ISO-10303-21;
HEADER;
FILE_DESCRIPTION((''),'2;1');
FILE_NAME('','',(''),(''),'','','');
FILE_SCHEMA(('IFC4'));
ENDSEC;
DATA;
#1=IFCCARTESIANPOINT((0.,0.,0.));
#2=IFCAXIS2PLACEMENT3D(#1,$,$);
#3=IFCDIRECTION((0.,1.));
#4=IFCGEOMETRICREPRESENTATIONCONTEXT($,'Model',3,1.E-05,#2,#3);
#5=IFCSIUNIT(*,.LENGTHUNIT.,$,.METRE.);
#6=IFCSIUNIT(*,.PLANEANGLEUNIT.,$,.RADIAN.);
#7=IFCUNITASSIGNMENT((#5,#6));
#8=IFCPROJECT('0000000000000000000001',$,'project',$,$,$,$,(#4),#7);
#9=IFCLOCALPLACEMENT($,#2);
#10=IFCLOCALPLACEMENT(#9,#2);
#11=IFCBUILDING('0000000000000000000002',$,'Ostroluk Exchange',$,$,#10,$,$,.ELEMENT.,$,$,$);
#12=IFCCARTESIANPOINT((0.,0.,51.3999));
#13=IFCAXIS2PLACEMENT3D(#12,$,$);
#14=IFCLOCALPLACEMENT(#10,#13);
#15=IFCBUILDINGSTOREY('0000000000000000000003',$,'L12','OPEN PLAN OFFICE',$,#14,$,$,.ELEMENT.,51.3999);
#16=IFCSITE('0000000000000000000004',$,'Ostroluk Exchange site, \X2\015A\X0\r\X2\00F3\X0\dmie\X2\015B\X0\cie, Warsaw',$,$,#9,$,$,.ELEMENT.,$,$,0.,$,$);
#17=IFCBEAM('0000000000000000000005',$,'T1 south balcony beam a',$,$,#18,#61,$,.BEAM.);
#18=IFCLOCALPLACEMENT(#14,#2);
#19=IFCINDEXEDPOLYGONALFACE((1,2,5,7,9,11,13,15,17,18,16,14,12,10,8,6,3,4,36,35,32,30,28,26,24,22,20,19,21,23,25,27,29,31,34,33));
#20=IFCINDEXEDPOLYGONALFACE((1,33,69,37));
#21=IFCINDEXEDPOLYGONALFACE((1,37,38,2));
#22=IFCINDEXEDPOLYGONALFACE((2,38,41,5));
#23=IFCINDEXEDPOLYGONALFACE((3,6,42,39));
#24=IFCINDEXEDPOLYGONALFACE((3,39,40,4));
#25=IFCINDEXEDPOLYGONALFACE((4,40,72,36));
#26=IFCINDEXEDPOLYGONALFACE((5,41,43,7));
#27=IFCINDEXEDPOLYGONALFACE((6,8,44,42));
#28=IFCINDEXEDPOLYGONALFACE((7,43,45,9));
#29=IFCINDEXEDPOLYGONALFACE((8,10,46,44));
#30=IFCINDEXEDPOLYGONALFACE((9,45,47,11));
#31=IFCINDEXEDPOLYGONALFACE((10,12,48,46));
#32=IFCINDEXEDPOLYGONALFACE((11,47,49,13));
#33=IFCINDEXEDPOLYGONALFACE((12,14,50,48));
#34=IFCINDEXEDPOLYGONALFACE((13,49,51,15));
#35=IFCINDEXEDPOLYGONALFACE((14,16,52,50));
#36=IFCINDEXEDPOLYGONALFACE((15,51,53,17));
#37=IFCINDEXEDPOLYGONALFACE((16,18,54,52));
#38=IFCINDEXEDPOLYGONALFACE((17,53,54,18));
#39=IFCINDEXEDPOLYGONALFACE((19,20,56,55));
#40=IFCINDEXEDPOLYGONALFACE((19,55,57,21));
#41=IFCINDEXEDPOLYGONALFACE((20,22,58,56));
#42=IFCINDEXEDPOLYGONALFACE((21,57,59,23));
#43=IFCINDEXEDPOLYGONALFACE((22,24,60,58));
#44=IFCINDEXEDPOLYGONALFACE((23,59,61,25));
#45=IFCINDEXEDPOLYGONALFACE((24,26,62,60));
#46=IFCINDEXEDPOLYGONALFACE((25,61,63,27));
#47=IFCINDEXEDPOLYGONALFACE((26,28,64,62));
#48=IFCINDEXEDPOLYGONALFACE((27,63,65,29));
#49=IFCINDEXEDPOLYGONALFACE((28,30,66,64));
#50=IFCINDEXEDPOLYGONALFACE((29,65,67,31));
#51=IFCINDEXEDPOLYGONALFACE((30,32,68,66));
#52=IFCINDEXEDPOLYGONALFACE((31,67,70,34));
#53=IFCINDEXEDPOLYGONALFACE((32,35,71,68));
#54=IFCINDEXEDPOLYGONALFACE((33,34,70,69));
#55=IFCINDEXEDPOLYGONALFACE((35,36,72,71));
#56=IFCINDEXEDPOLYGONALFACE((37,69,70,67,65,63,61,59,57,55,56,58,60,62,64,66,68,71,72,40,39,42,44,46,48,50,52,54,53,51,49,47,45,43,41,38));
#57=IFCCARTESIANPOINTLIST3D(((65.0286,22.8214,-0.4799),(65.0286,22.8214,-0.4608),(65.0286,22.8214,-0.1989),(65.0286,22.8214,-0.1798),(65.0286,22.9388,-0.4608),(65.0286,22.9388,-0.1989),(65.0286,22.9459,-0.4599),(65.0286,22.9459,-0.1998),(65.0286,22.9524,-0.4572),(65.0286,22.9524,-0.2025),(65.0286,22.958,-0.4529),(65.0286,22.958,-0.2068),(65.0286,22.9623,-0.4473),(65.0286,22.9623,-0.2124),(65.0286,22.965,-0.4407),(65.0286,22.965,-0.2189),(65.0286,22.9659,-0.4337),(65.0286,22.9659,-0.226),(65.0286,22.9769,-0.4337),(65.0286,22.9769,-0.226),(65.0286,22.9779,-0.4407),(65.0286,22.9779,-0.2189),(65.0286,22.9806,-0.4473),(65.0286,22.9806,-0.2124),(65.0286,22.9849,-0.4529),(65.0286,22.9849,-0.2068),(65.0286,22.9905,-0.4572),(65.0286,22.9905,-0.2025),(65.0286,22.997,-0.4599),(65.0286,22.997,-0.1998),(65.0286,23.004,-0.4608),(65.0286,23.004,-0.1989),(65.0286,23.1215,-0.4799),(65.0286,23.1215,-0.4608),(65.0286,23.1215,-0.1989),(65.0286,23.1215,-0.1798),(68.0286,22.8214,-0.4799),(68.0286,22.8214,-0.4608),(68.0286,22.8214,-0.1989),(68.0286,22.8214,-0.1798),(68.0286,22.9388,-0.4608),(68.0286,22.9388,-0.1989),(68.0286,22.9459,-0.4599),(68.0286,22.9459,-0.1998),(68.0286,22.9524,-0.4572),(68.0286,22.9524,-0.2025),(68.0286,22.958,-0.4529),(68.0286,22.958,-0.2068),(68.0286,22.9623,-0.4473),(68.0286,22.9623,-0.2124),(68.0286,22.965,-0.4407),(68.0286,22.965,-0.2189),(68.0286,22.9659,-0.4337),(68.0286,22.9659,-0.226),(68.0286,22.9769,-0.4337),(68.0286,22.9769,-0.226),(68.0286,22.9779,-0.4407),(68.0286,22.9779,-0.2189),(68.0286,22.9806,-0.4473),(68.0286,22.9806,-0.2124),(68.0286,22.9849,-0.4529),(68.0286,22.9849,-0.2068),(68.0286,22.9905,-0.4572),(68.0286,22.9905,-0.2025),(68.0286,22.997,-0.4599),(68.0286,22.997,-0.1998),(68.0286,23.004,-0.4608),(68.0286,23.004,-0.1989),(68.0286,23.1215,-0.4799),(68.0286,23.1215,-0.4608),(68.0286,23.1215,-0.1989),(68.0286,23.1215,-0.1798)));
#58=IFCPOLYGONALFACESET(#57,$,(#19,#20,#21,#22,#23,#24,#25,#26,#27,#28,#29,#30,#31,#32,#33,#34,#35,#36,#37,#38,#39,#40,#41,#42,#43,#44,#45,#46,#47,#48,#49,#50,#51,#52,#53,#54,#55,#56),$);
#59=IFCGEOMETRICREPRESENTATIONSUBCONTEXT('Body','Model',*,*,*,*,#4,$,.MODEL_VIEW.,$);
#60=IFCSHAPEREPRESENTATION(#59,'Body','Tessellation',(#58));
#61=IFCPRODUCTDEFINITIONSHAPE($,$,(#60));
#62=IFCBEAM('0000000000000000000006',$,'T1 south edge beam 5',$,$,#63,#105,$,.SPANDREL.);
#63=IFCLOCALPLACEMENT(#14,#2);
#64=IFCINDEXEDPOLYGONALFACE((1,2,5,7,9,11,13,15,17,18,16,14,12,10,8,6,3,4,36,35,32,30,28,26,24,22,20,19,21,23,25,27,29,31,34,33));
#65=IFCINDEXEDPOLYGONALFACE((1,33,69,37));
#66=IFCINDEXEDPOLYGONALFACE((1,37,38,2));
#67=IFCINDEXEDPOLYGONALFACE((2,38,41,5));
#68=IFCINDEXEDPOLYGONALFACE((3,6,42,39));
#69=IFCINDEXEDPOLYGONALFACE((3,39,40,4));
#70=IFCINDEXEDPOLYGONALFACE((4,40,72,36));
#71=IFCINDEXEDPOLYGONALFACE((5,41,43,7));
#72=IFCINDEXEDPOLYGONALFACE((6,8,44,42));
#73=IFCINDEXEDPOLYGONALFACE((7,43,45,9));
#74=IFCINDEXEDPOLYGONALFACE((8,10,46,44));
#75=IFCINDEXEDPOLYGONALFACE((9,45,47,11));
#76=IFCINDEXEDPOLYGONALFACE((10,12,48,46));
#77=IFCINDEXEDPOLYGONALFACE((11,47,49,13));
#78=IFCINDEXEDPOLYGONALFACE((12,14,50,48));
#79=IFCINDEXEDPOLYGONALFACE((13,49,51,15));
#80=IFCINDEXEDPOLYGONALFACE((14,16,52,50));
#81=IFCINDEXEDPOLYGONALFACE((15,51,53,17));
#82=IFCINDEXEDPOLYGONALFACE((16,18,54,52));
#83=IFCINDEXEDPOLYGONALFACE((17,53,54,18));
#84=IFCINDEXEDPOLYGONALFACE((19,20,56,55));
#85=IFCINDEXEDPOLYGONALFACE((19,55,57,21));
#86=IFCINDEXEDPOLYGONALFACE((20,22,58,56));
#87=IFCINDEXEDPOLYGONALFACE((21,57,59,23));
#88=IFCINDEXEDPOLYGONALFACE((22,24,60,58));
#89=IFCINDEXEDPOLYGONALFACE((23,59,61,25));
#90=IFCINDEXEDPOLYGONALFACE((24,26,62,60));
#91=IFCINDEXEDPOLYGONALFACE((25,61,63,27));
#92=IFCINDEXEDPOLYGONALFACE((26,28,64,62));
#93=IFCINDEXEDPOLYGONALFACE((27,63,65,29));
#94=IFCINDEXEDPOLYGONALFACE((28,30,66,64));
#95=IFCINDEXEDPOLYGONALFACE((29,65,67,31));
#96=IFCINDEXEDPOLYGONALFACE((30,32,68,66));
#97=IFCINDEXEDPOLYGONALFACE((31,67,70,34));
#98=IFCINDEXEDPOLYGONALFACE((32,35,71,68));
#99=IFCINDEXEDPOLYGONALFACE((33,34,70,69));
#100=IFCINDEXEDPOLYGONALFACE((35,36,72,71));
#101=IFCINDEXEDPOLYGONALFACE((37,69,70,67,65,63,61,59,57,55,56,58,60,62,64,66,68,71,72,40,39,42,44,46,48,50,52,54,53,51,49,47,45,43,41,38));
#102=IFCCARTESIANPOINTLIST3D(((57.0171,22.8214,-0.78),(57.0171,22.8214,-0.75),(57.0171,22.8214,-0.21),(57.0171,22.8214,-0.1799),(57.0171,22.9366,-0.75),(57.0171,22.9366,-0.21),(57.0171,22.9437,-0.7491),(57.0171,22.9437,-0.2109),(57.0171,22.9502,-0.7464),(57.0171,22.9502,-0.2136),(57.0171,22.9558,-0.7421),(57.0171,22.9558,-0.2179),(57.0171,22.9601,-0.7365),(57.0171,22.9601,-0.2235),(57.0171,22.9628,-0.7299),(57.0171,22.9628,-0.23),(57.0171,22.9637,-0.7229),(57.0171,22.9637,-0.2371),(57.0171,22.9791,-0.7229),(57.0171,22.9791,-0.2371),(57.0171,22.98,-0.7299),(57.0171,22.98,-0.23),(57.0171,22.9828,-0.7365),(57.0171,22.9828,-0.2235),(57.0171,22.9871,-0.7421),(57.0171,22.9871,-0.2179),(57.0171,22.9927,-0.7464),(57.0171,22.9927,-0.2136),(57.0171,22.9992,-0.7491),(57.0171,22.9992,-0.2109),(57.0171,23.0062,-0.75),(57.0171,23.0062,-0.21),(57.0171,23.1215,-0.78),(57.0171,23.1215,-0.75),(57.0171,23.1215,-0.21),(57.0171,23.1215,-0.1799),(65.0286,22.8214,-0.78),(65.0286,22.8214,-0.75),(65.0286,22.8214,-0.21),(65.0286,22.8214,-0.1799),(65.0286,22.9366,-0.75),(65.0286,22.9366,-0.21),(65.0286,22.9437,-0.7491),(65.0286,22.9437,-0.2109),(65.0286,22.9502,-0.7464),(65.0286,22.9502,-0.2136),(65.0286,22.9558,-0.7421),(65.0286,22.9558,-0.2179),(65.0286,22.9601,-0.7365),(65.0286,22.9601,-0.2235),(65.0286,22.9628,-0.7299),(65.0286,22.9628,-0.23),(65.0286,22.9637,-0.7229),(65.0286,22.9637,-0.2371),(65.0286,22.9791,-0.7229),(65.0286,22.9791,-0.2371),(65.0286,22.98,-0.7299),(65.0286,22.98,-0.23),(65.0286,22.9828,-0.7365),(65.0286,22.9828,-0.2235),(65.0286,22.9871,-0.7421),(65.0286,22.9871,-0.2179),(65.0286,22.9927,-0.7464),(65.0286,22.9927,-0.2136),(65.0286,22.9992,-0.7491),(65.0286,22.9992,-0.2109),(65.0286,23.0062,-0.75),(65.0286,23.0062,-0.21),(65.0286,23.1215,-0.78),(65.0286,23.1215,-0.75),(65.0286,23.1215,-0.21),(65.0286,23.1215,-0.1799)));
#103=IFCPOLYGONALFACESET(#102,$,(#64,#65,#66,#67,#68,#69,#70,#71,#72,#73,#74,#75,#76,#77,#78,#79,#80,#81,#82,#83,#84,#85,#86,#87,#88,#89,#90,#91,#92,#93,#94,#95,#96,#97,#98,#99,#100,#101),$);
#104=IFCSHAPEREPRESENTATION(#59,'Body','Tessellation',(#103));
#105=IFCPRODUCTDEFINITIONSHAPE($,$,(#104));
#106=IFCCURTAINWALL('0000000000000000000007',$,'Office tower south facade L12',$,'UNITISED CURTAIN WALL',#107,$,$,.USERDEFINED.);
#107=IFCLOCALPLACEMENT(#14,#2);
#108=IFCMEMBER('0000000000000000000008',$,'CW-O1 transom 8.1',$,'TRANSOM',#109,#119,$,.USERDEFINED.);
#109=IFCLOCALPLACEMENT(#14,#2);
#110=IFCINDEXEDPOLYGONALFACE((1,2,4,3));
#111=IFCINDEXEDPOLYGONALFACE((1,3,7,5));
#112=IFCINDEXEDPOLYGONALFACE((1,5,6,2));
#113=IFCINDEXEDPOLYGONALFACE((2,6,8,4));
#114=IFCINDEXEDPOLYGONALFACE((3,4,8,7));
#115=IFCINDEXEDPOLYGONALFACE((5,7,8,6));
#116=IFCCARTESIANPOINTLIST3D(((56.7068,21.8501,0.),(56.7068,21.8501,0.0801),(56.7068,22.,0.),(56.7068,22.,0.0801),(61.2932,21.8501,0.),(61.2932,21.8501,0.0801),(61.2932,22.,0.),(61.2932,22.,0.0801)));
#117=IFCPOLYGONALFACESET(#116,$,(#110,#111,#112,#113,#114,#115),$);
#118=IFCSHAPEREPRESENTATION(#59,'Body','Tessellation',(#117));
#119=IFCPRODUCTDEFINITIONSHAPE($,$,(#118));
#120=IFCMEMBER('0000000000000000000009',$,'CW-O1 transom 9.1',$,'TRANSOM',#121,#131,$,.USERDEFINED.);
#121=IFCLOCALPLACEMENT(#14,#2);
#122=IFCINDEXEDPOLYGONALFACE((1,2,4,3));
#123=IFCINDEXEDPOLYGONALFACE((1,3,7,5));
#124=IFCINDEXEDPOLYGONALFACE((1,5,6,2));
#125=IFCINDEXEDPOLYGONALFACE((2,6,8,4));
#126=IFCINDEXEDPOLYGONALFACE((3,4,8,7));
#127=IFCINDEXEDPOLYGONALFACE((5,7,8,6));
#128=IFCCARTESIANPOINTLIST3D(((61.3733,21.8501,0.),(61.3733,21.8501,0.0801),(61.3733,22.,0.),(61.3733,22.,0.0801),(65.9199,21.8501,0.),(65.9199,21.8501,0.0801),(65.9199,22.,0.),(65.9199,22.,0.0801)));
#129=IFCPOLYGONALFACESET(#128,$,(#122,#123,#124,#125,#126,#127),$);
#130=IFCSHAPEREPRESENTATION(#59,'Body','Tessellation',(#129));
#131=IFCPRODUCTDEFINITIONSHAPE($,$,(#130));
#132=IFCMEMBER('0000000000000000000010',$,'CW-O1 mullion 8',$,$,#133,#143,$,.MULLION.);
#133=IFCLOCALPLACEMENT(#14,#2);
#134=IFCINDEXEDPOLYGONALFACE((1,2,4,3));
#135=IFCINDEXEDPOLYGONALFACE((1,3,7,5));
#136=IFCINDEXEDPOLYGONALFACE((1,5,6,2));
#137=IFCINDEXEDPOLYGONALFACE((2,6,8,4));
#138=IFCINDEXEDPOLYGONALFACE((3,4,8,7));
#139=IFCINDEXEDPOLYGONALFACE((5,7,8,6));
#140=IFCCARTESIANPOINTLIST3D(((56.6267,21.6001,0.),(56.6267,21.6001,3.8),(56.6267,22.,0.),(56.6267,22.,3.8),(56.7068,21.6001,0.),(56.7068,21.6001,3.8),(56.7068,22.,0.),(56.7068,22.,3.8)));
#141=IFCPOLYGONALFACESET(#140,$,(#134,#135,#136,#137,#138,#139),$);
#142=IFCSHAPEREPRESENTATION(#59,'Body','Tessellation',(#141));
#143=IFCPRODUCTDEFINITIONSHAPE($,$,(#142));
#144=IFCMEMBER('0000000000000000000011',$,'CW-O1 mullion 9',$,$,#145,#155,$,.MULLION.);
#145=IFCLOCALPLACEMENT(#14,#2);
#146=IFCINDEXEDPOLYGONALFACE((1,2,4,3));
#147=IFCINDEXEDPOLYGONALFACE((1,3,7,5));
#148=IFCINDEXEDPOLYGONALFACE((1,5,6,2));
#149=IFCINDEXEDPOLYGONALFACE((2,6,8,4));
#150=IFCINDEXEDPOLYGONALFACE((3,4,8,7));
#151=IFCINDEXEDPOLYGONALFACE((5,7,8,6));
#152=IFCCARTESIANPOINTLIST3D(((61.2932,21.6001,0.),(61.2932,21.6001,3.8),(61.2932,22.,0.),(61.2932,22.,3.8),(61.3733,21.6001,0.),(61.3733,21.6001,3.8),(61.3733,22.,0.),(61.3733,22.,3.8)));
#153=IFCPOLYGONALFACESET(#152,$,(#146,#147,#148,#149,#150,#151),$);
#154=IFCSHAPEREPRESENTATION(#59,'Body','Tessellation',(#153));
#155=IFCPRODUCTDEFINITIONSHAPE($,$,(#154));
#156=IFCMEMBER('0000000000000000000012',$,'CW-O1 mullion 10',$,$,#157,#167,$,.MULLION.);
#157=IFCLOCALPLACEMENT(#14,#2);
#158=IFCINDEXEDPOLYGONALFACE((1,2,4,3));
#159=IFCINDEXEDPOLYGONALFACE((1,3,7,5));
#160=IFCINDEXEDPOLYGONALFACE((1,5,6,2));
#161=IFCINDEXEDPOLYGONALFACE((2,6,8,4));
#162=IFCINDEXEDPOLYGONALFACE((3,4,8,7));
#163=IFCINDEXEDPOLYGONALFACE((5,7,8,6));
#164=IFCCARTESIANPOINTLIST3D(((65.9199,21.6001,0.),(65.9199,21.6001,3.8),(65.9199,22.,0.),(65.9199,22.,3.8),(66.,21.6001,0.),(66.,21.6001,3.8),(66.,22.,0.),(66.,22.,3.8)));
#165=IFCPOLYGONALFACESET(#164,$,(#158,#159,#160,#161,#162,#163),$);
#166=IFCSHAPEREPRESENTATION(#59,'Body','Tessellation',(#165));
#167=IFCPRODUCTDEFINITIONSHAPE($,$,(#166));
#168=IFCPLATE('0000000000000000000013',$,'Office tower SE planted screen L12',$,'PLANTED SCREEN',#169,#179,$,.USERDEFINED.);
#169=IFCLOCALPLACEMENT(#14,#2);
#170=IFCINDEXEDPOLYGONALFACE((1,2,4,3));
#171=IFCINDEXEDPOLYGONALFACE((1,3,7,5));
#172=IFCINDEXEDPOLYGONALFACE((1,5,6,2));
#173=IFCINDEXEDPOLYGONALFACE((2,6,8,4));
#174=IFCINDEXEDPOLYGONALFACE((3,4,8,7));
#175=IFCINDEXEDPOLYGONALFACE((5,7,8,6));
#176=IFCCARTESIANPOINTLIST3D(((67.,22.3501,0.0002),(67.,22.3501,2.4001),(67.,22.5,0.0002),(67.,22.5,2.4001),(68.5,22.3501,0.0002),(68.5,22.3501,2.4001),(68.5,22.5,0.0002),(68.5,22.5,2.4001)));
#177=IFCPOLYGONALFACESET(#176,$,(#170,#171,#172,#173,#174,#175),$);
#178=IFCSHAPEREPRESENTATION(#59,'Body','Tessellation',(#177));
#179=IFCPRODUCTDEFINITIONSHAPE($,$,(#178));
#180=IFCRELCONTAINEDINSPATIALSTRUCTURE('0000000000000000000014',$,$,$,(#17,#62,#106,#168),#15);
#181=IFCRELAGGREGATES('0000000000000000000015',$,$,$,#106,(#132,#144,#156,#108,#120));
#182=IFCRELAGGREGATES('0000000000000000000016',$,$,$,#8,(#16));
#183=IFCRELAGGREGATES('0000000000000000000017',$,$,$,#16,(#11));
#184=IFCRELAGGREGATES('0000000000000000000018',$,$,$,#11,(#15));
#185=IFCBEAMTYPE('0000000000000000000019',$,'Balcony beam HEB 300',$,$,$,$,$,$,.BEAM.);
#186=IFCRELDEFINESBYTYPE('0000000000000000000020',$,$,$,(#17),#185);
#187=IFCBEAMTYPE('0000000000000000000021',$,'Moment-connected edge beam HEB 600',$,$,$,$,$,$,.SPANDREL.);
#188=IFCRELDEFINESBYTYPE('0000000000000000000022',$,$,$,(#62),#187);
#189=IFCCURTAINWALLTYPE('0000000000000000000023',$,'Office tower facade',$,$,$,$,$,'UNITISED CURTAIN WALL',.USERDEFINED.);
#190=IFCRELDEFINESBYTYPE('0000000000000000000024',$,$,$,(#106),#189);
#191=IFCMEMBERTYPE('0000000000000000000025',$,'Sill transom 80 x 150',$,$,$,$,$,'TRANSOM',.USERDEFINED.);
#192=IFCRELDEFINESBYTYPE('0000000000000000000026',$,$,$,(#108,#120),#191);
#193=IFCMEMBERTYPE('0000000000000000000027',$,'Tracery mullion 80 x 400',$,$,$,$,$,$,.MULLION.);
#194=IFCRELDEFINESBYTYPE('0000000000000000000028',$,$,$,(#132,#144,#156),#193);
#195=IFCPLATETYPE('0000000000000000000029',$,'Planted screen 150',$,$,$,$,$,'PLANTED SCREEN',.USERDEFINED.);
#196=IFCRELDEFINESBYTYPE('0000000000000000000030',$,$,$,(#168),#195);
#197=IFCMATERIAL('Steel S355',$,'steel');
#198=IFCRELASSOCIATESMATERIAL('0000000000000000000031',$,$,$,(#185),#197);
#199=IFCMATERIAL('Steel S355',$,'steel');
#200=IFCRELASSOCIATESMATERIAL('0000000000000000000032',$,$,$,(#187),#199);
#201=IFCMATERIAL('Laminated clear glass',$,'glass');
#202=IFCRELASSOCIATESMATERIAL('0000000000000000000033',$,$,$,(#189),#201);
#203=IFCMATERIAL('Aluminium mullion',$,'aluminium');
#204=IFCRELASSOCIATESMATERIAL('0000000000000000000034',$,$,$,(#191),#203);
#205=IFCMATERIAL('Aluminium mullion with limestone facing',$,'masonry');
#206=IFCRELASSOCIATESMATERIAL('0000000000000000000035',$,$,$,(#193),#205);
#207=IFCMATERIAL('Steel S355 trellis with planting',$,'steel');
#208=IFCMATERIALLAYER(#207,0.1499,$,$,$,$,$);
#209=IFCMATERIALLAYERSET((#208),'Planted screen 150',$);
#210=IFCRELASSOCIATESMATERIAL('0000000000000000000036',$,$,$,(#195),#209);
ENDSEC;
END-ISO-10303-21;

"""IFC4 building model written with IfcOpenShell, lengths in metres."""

from ifc_helpers import new_model, si_unit, direction, frame, origin, origin_2d, place, context, subcontext, project, spatial, rectangle, i_section, extrude, material, layer, layer_set, material_profile, profile_set, type_object, element, aggregate, save


model = new_model("IFC4")

# Units and contexts
model_context = context("Model", 3, precision=1e-05, world=origin(), true_north=direction((0.0, 1.0)))
body_context = subcontext(model_context, "Body", "Model", "MODEL_VIEW")
ifc_project = project(units=[si_unit("LENGTHUNIT", "METRE"), si_unit("PLANEANGLEUNIT", "RADIAN")], contexts=[model_context])

# Site, building, storey
site_placement = place(None, origin())
site = spatial("IfcSite", under=ifc_project, at=site_placement, Name="Ostroluk Exchange site, Śródmieście, Warsaw", CompositionType="ELEMENT", RefElevation=0.0)
building_placement = place(site_placement, origin())
building = spatial("IfcBuilding", under=site, at=building_placement, Name="Ostroluk Exchange", CompositionType="ELEMENT")
storey_placement = place(building_placement, frame((0.0, 0.0, 51.3999)))
storey = spatial("IfcBuildingStorey", under=building, at=storey_placement, Name="L12", Description="OPEN PLAN OFFICE", CompositionType="ELEMENT", Elevation=51.3999)

# Beams
ifc_material_1 = material(Name="Steel S355", Category="steel")
ifc_material_profile_1 = material_profile(ifc_material_1, i_section(OverallWidth=0.3, OverallDepth=0.3, WebThickness=0.011, FlangeThickness=0.019, FilletRadius=0.0271, at=origin_2d()), Name="HEB 300")
ifc_profile_set_1 = profile_set([ifc_material_profile_1], Name="Steel S355")
beam_type_1 = type_object("IfcBeamType", Name="Balcony beam HEB 300", PredefinedType="BEAM", material=ifc_profile_set_1)
beam_1_placement = place(storey_placement, frame((65.0286, 22.9714, -0.3298), z_axis=(1.0, 0.0, 0.0), x_axis=(0.0, 1.0, 0.0)))
element("IfcBeam", 1, at=beam_1_placement, inside=storey, type_object=beam_type_1, Name="T1 south balcony beam a", PredefinedType="BEAM", context=body_context, shape_type="SweptSolid", body=[
    extrude(i_section(OverallWidth=0.3, OverallDepth=0.3, WebThickness=0.011, FlangeThickness=0.019, FilletRadius=0.0271, at=origin_2d()), origin(), (0.0, 0.0, 1.0), 3.0),
])
ifc_material_2 = material(Name="Steel S355", Category="steel")
ifc_material_profile_2 = material_profile(ifc_material_2, i_section(OverallWidth=0.3, OverallDepth=0.6001, WebThickness=0.0154, FlangeThickness=0.03, FilletRadius=0.0271, at=origin_2d()), Name="HEB 600")
ifc_profile_set_2 = profile_set([ifc_material_profile_2], Name="Steel S355")
beam_type_2 = type_object("IfcBeamType", Name="Moment-connected edge beam HEB 600", PredefinedType="SPANDREL", material=ifc_profile_set_2)
beam_2_placement = place(storey_placement, frame((57.0171, 22.9714, -0.48), z_axis=(1.0, 0.0, 0.0), x_axis=(0.0, 1.0, 0.0)))
element("IfcBeam", 2, at=beam_2_placement, inside=storey, type_object=beam_type_2, Name="T1 south edge beam 5", PredefinedType="SPANDREL", context=body_context, shape_type="SweptSolid", body=[
    extrude(i_section(OverallWidth=0.3, OverallDepth=0.6001, WebThickness=0.0154, FlangeThickness=0.03, FilletRadius=0.0271, at=origin_2d()), origin(), (0.0, 0.0, 1.0), 8.0115),
])

# Curtain wall, members
ifc_material_3 = material(Name="Laminated clear glass", Category="glass")
curtain_wall_type = type_object("IfcCurtainWallType", Name="Office tower facade", ElementType="UNITISED CURTAIN WALL", PredefinedType="USERDEFINED", material=ifc_material_3)
curtain_wall_placement = place(storey_placement, origin())
curtain_wall = element("IfcCurtainWall", 3, at=curtain_wall_placement, inside=storey, type_object=curtain_wall_type, Name="Office tower south facade L12", ObjectType="UNITISED CURTAIN WALL", PredefinedType="USERDEFINED")
ifc_material_4 = material(Name="Aluminium mullion", Category="aluminium")
ifc_material_profile_3 = material_profile(ifc_material_4, rectangle(XDim=0.1499, YDim=0.0801, at=origin_2d()), Name="Sill transom 80 x 150")
ifc_profile_set_3 = profile_set([ifc_material_profile_3], Name="Aluminium mullion")
member_type_1 = type_object("IfcMemberType", Name="Sill transom 80 x 150", ElementType="TRANSOM", PredefinedType="USERDEFINED", material=ifc_profile_set_3)
member_1_placement = place(storey_placement, frame((56.7068, 21.925, 0.04), z_axis=(1.0, 0.0, 0.0), x_axis=(0.0, 1.0, 0.0)))
member_1 = element("IfcMember", 4, at=member_1_placement, type_object=member_type_1, Name="CW-O1 transom 8.1", ObjectType="TRANSOM", PredefinedType="USERDEFINED", context=body_context, shape_type="SweptSolid", body=[
    extrude(rectangle(XDim=0.1499, YDim=0.0801, at=origin_2d()), origin(), (0.0, 0.0, 1.0), 4.5864),
])
member_2_placement = place(storey_placement, frame((61.3733, 21.925, 0.04), z_axis=(1.0, 0.0, 0.0), x_axis=(0.0, 1.0, 0.0)))
member_2 = element("IfcMember", 5, at=member_2_placement, type_object=member_type_1, Name="CW-O1 transom 9.1", ObjectType="TRANSOM", PredefinedType="USERDEFINED", context=body_context, shape_type="SweptSolid", body=[
    extrude(rectangle(XDim=0.1499, YDim=0.0801, at=origin_2d()), origin(), (0.0, 0.0, 1.0), 4.5466),
])
ifc_material_5 = material(Name="Aluminium mullion with limestone facing", Category="masonry")
ifc_material_profile_4 = material_profile(ifc_material_5, rectangle(XDim=0.3999, YDim=0.0801, at=origin_2d()), Name="Tracery mullion 80 x 400")
ifc_profile_set_4 = profile_set([ifc_material_profile_4], Name="Aluminium mullion with limestone facing")
member_type_2 = type_object("IfcMemberType", Name="Tracery mullion 80 x 400", PredefinedType="MULLION", material=ifc_profile_set_4)
member_3_placement = place(storey_placement, frame((56.6667, 21.8, 0.0), z_axis=(0.0, 0.0, 1.0), x_axis=(0.0, 1.0, 0.0)))
member_3 = element("IfcMember", 6, at=member_3_placement, type_object=member_type_2, Name="CW-O1 mullion 8", PredefinedType="MULLION", context=body_context, shape_type="SweptSolid", body=[
    extrude(rectangle(XDim=0.3999, YDim=0.0801, at=origin_2d()), origin(), (0.0, 0.0, 1.0), 3.8),
])
member_4_placement = place(storey_placement, frame((61.3333, 21.8, 0.0), z_axis=(0.0, 0.0, 1.0), x_axis=(0.0, 1.0, 0.0)))
member_4 = element("IfcMember", 7, at=member_4_placement, type_object=member_type_2, Name="CW-O1 mullion 9", PredefinedType="MULLION", context=body_context, shape_type="SweptSolid", body=[
    extrude(rectangle(XDim=0.3999, YDim=0.0801, at=origin_2d()), origin(), (0.0, 0.0, 1.0), 3.8),
])
member_5_placement = place(storey_placement, frame((65.96, 21.8, 0.0), z_axis=(0.0, 0.0, 1.0), x_axis=(0.0, 1.0, 0.0)))
member_5 = element("IfcMember", 8, at=member_5_placement, type_object=member_type_2, Name="CW-O1 mullion 10", PredefinedType="MULLION", context=body_context, shape_type="SweptSolid", body=[
    extrude(rectangle(XDim=0.3999, YDim=0.0801, at=origin_2d()), origin(), (0.0, 0.0, 1.0), 3.8),
])

# Plate
ifc_material_6 = material(Name="Steel S355 trellis with planting", Category="steel")
ifc_layer_1 = layer(ifc_material_6, 0.1499)
ifc_layer_set_1 = layer_set([ifc_layer_1], Name="Planted screen 150")
plate_type_1 = type_object("IfcPlateType", Name="Planted screen 150", ElementType="PLANTED SCREEN", PredefinedType="USERDEFINED", material=ifc_layer_set_1)
plate_1_placement = place(storey_placement, frame((67.75, 22.425, 0.0002), z_axis=(0.0, 0.0, 1.0), x_axis=(1.0, 0.0, 0.0)))
element("IfcPlate", 9, at=plate_1_placement, inside=storey, type_object=plate_type_1, Name="Office tower SE planted screen L12", ObjectType="PLANTED SCREEN", PredefinedType="USERDEFINED", context=body_context, shape_type="SweptSolid", body=[
    extrude(rectangle(XDim=1.5, YDim=0.1499, at=origin_2d()), origin(), (0.0, 0.0, 1.0), 2.3999),
])
aggregate(curtain_wall, [member_3, member_4, member_5, member_1, member_2])

save(model, "model.ifc")
